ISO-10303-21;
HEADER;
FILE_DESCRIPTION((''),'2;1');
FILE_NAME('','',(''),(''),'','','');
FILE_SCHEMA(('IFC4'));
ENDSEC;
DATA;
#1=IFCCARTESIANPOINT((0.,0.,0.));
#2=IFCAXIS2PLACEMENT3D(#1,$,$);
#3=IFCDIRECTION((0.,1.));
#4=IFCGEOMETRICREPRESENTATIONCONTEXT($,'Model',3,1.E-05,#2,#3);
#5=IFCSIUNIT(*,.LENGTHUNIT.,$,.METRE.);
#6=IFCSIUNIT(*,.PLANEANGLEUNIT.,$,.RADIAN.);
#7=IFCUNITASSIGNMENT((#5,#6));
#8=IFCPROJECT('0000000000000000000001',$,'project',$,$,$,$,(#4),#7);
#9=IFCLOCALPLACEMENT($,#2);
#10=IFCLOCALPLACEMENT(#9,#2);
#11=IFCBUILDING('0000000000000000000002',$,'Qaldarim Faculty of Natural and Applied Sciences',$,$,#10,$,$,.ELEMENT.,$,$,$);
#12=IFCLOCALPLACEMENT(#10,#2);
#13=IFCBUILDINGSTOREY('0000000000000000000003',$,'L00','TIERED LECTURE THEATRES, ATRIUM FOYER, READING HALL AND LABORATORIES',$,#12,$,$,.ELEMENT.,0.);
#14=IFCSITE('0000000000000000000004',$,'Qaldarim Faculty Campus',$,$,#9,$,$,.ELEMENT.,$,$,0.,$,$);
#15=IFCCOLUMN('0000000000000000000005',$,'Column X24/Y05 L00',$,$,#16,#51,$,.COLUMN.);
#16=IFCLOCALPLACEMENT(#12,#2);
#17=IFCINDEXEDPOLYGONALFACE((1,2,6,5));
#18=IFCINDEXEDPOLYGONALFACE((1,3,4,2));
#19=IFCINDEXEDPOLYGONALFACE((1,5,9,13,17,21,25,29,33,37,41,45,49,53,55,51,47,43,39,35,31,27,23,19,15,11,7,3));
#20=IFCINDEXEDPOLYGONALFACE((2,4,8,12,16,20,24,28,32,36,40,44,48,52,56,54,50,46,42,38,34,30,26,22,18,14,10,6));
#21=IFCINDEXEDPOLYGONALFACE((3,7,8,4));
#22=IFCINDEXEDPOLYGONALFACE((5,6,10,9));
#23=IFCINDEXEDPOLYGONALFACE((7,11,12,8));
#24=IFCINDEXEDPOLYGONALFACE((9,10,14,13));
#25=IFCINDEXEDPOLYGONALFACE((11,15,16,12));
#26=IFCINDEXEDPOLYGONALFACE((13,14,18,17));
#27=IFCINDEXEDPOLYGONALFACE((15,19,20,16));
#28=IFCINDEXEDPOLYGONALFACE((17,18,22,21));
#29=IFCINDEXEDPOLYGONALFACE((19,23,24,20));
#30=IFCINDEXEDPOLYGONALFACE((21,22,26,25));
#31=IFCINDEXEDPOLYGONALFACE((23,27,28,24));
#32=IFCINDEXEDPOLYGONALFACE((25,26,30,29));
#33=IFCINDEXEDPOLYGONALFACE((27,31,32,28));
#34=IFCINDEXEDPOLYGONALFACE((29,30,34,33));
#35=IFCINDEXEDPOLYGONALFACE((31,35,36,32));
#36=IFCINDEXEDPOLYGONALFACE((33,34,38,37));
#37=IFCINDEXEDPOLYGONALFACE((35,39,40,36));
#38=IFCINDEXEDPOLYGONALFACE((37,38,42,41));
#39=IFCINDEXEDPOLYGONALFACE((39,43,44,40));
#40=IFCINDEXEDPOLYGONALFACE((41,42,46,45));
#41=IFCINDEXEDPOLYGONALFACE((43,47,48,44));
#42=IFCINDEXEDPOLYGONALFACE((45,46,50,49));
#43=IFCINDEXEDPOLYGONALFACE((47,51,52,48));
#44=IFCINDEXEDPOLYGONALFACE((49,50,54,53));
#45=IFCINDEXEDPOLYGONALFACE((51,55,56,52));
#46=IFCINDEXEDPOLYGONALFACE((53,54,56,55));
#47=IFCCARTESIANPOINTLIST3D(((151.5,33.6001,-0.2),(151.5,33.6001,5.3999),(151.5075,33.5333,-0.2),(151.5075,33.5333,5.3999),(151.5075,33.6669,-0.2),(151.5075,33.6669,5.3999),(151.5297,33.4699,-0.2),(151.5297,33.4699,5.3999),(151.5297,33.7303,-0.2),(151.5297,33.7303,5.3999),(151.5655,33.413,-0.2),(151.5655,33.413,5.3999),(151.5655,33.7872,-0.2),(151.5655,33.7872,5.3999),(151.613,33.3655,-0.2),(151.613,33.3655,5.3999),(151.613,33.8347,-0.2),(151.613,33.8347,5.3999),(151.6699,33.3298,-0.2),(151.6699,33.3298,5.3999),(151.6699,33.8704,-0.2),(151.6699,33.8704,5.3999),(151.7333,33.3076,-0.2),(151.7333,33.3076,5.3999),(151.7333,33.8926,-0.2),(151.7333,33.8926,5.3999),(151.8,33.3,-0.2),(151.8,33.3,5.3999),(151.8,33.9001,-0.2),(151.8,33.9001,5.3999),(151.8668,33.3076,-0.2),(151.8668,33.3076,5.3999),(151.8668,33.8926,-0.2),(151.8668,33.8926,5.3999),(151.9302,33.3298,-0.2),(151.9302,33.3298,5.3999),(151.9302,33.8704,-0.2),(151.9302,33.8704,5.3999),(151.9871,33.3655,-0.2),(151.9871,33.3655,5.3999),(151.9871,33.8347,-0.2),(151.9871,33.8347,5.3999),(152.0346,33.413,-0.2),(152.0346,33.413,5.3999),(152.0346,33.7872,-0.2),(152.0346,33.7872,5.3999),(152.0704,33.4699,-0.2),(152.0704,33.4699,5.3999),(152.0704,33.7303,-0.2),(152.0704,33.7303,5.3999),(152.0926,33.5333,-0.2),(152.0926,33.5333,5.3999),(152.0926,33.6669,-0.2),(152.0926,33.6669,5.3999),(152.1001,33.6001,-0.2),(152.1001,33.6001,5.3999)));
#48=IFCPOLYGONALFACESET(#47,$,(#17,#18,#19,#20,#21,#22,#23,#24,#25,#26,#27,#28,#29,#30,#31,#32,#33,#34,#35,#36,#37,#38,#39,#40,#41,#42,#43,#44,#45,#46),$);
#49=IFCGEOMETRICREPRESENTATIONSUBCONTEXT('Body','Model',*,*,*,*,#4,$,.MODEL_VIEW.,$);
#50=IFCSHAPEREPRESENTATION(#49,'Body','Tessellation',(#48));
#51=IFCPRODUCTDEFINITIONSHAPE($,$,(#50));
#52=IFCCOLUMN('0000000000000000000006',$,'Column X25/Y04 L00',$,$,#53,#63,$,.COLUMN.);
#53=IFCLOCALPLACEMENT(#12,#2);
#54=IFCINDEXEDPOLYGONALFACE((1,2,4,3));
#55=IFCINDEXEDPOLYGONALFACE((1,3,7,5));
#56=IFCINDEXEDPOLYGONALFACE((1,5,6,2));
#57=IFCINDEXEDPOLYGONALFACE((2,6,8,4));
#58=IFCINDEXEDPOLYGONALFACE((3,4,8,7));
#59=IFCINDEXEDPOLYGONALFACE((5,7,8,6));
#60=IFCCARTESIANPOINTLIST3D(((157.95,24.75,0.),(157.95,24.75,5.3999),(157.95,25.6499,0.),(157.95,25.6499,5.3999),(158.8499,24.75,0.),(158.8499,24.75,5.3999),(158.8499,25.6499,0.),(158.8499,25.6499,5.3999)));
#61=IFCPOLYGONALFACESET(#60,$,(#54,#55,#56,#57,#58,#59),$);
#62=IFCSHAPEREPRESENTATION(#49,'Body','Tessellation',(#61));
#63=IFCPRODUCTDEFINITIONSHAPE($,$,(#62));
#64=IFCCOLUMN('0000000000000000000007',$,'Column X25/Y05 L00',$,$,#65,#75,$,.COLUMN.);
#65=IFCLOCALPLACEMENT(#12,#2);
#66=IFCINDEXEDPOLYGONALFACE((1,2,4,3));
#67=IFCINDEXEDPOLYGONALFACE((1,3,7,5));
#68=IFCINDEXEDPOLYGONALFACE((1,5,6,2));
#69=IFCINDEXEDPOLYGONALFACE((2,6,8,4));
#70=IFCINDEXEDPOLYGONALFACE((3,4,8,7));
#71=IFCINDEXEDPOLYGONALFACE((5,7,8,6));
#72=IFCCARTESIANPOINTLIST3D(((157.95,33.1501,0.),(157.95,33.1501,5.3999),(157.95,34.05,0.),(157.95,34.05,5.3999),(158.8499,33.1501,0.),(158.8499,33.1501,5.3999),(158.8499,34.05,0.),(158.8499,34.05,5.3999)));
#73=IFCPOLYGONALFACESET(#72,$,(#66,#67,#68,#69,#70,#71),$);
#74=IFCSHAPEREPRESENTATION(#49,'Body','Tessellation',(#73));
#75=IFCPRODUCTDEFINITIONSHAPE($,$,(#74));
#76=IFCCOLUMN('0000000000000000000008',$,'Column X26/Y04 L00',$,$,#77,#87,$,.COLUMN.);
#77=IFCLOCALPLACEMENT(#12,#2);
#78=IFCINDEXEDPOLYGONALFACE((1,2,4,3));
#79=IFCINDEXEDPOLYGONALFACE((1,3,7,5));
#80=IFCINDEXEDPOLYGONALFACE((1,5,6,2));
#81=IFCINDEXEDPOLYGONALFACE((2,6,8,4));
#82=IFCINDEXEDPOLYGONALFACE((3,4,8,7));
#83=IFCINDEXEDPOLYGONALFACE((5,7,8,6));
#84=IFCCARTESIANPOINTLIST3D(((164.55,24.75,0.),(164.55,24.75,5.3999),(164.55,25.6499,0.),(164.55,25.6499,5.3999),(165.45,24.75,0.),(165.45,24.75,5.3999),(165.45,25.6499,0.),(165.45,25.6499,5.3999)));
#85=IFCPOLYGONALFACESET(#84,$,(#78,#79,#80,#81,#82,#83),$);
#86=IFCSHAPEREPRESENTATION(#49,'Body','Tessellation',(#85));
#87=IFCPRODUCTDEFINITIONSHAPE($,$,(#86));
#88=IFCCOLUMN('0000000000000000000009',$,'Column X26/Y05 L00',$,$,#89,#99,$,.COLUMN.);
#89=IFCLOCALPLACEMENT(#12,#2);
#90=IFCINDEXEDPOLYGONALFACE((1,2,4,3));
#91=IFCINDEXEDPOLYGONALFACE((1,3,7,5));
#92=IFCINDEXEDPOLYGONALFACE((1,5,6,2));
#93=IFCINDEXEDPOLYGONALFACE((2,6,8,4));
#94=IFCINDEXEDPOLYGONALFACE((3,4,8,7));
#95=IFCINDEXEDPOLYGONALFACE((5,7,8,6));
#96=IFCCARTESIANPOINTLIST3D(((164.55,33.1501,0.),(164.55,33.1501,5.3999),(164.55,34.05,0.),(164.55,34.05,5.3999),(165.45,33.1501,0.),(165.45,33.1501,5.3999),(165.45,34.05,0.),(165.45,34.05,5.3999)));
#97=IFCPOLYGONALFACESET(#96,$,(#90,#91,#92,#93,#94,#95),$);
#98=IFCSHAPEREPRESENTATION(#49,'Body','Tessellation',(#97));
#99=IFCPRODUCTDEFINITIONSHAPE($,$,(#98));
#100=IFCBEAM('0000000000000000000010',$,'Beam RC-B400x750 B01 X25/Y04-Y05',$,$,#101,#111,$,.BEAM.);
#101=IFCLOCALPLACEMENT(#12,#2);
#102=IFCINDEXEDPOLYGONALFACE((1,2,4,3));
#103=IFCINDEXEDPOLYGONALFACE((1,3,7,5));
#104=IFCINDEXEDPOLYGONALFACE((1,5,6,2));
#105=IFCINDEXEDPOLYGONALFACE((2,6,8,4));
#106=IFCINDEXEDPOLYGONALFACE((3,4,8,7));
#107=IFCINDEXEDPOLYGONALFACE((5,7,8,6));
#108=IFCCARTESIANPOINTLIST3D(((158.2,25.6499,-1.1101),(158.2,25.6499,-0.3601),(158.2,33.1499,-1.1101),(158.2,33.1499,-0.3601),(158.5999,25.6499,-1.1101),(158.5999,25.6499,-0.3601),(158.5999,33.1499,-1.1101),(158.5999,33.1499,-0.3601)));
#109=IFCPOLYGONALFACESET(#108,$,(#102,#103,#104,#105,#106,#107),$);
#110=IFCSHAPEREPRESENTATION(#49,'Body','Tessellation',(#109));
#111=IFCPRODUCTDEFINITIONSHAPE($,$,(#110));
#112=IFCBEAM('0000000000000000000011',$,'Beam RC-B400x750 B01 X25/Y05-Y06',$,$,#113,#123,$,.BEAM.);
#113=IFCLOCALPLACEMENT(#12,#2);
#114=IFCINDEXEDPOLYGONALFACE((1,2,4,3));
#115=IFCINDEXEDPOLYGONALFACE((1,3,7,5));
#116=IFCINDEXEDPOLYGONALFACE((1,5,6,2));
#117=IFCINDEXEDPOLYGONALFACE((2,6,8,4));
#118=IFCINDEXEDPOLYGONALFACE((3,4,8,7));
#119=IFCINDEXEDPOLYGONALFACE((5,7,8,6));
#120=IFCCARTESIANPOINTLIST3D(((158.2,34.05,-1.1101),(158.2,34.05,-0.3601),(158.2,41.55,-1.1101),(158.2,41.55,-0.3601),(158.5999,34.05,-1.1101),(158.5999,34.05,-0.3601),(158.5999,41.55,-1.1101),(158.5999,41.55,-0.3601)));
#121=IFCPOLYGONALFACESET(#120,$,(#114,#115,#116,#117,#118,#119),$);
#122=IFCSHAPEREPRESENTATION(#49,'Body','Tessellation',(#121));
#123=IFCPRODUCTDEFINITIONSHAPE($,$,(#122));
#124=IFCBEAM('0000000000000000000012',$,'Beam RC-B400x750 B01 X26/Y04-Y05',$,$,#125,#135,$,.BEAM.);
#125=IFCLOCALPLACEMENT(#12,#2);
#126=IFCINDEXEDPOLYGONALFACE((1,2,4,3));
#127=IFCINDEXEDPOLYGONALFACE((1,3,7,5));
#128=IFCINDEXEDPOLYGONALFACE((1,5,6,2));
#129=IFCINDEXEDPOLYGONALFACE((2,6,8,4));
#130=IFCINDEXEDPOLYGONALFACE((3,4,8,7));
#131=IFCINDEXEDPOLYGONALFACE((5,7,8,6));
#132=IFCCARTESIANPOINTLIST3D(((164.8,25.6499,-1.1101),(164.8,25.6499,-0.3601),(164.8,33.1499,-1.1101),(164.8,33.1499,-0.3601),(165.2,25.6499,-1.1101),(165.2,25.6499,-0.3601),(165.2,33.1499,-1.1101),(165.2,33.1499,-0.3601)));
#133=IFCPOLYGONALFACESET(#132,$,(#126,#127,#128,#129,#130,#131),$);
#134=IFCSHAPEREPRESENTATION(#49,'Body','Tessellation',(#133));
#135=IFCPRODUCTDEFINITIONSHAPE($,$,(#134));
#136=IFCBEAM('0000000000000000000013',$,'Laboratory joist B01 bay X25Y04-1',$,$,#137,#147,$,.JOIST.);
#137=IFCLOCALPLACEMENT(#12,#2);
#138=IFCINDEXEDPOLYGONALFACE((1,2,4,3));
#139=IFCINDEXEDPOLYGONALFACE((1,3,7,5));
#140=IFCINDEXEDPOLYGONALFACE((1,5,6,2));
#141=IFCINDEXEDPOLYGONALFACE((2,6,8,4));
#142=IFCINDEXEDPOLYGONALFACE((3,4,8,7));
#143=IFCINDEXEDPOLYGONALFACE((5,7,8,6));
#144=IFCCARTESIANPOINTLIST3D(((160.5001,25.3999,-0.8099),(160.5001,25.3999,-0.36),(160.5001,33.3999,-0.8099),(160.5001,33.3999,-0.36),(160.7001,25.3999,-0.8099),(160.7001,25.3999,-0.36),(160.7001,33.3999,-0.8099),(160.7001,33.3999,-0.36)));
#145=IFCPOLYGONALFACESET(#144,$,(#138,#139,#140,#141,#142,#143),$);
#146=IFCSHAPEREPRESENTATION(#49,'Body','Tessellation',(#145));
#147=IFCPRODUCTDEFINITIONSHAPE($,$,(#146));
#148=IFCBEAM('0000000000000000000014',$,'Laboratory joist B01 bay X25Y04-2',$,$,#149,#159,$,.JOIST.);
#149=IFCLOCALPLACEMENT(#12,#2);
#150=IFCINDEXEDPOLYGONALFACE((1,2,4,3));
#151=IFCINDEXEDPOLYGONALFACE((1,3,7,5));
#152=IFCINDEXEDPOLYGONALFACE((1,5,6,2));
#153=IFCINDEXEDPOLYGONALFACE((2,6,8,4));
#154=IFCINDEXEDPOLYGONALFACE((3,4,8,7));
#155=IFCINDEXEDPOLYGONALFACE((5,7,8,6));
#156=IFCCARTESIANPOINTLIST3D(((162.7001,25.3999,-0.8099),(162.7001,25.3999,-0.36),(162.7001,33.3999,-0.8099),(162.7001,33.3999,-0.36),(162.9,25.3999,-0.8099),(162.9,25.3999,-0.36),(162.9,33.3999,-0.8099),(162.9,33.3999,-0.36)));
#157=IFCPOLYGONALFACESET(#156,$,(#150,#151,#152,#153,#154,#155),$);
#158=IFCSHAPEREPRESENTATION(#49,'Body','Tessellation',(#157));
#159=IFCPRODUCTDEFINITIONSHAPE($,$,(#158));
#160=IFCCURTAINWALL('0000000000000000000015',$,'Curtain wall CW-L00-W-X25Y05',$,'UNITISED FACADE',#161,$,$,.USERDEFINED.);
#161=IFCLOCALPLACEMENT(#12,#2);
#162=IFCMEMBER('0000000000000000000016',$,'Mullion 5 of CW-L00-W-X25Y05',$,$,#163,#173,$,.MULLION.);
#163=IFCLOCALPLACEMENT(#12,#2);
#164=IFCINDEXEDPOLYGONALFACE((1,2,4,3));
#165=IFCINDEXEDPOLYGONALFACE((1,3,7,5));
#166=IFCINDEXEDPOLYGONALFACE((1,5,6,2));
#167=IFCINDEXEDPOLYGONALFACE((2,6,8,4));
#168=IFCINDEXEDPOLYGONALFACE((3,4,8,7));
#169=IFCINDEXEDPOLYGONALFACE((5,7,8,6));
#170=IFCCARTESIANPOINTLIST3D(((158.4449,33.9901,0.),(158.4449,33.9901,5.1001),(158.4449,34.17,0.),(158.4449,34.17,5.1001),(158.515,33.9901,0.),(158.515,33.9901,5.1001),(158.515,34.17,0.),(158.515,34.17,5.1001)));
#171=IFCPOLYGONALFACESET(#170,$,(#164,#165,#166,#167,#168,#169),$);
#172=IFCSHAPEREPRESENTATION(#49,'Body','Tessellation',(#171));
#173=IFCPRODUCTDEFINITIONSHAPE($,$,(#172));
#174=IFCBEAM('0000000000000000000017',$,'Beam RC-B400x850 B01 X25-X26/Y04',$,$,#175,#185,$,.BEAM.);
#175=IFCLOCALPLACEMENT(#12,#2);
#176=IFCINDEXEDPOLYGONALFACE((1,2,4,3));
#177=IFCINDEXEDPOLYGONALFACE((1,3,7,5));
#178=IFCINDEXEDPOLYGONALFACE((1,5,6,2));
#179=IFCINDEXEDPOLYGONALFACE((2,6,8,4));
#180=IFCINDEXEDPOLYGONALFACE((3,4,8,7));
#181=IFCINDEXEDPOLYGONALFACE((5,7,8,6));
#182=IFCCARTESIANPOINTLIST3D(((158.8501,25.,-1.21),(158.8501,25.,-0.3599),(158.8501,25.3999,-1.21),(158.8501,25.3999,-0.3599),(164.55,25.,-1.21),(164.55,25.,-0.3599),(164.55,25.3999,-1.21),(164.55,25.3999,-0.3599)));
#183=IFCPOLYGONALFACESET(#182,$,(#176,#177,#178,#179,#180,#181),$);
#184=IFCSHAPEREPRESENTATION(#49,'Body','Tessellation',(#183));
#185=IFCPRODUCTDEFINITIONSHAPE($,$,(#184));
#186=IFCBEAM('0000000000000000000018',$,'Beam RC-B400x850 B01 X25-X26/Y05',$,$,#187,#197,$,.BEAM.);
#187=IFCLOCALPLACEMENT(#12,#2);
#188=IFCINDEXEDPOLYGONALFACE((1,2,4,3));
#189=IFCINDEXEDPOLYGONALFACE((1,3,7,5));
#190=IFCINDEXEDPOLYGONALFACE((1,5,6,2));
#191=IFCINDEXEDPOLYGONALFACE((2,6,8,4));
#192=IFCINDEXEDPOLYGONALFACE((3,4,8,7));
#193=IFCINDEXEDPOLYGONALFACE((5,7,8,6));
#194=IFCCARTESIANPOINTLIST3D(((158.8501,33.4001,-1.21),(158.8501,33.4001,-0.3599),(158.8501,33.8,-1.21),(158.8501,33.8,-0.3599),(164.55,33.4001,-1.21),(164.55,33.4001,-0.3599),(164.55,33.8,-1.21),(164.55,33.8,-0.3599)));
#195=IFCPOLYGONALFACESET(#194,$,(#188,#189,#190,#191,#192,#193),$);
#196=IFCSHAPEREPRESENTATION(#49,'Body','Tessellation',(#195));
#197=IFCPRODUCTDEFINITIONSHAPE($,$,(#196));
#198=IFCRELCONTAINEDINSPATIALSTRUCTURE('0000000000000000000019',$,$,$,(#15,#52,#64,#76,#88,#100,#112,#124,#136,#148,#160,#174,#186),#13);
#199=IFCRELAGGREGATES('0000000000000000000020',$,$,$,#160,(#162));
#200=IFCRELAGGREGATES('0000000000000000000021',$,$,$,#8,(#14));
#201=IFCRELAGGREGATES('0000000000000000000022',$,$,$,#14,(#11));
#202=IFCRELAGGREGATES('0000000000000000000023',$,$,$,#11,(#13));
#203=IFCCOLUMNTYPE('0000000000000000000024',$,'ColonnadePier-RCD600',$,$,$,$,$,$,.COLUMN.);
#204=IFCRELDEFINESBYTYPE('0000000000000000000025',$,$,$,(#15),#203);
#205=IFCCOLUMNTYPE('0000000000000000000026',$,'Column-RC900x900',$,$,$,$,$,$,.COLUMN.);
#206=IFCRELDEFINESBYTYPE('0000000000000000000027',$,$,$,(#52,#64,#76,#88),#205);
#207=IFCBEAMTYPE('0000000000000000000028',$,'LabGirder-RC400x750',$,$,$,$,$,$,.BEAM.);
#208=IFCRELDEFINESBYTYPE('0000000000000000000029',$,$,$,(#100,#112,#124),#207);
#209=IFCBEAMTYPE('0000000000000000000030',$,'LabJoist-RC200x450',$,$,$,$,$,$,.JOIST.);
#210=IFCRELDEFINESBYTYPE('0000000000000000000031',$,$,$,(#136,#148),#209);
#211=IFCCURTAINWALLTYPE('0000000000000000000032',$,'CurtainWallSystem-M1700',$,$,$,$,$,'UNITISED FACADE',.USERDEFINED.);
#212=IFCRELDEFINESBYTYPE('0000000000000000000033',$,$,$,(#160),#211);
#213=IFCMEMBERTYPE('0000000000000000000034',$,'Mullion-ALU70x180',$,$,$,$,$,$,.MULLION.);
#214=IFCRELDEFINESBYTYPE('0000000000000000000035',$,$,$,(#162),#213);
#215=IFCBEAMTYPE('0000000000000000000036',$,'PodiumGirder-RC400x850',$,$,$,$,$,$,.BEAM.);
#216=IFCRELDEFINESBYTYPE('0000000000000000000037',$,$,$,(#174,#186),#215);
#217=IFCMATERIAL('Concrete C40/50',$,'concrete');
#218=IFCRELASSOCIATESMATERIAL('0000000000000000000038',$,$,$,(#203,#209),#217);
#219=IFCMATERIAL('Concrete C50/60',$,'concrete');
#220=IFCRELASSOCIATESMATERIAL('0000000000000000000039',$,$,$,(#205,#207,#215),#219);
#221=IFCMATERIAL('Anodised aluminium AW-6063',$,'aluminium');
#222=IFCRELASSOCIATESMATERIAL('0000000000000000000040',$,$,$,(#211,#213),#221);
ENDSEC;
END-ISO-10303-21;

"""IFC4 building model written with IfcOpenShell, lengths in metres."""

from ifc_helpers import new_model, si_unit, direction, frame, origin, origin_2d, place, context, subcontext, project, spatial, rectangle, circle, extrude, material, material_profile, profile_set, type_object, element, aggregate, save


model = new_model("IFC4")

# Units and contexts
model_context = context("Model", 3, precision=1e-05, world=origin(), true_north=direction((0.0, 1.0)))
body_context = subcontext(model_context, "Body", "Model", "MODEL_VIEW")
ifc_project = project(units=[si_unit("LENGTHUNIT", "METRE"), si_unit("PLANEANGLEUNIT", "RADIAN")], contexts=[model_context])

# Site, building, storey
site_placement = place(None, origin())
site = spatial("IfcSite", under=ifc_project, at=site_placement, Name="Qaldarim Faculty Campus", CompositionType="ELEMENT", RefElevation=0.0)
building_placement = place(site_placement, origin())
building = spatial("IfcBuilding", under=site, at=building_placement, Name="Qaldarim Faculty of Natural and Applied Sciences", CompositionType="ELEMENT")
storey_placement = place(building_placement, origin())
storey = spatial("IfcBuildingStorey", under=building, at=storey_placement, Name="L00", Description="TIERED LECTURE THEATRES, ATRIUM FOYER, READING HALL AND LABORATORIES", CompositionType="ELEMENT", Elevation=0.0)

# Shared definitions
ifc_material_1 = material(Name="Concrete C40/50", Category="concrete")

# Columns
ifc_material_profile_1 = material_profile(ifc_material_1, circle(Radius=0.3, at=origin_2d()), Name="RC-D600")
ifc_profile_set_1 = profile_set([ifc_material_profile_1], Name="Concrete C40/50")
column_type_1 = type_object("IfcColumnType", Name="ColonnadePier-RCD600", PredefinedType="COLUMN", material=ifc_profile_set_1)
for number, where, z_axis, x_axis, name in (
    (1, (151.8, 33.6001, -0.2), (0.0, 0.0, 1.0), (1.0, 0.0, 0.0), "Column X24/Y05 L00"),
):
    element("IfcColumn", number, at=place(storey_placement, frame(where, z_axis=z_axis, x_axis=x_axis)), inside=storey, type_object=column_type_1, Name=name, PredefinedType="COLUMN", context=body_context, shape_type="SweptSolid", body=[
        extrude(circle(Radius=0.3, at=origin_2d()), origin(), (0.0, 0.0, 1.0), 5.5999),
    ])
ifc_material_2 = material(Name="Concrete C50/60", Category="concrete")
ifc_material_profile_2 = material_profile(ifc_material_2, rectangle(XDim=0.8999, YDim=0.8999, at=origin_2d()), Name="RC-C900x900")
ifc_profile_set_2 = profile_set([ifc_material_profile_2], Name="Concrete C50/60")
column_type_2 = type_object("IfcColumnType", Name="Column-RC900x900", PredefinedType="COLUMN", material=ifc_profile_set_2)
for number, where, z_axis, x_axis, name in (
    (2, (158.3999, 25.2, 0.0), (0.0, 0.0, 1.0), (1.0, 0.0, 0.0), "Column X25/Y04 L00"),
    (3, (158.3999, 33.6001, 0.0), (0.0, 0.0, 1.0), (1.0, 0.0, 0.0), "Column X25/Y05 L00"),
    (4, (165.0, 25.2, 0.0), (0.0, 0.0, 1.0), (1.0, 0.0, 0.0), "Column X26/Y04 L00"),
    (5, (165.0, 33.6001, 0.0), (0.0, 0.0, 1.0), (1.0, 0.0, 0.0), "Column X26/Y05 L00"),
):
    element("IfcColumn", number, at=place(storey_placement, frame(where, z_axis=z_axis, x_axis=x_axis)), inside=storey, type_object=column_type_2, Name=name, PredefinedType="COLUMN", context=body_context, shape_type="SweptSolid", body=[
        extrude(rectangle(XDim=0.8999, YDim=0.8999, at=origin_2d()), origin(), (0.0, 0.0, 1.0), 5.3999),
    ])

# Beams
ifc_material_profile_3 = material_profile(ifc_material_2, rectangle(XDim=0.3999, YDim=0.75, at=origin_2d()), Name="RC-B400x750")
ifc_profile_set_3 = profile_set([ifc_material_profile_3], Name="Concrete C50/60")
beam_type_1 = type_object("IfcBeamType", Name="LabGirder-RC400x750", PredefinedType="BEAM", material=ifc_profile_set_3)
for number, where, z_axis, x_axis, name in (
    (6, (158.3999, 25.6499, -0.7351), (0.0, 1.0, 0.0), (-1.0, 0.0, 0.0), "Beam RC-B400x750 B01 X25/Y04-Y05"),
    (7, (158.3999, 34.05, -0.7351), (0.0, 1.0, 0.0), (-1.0, 0.0, 0.0), "Beam RC-B400x750 B01 X25/Y05-Y06"),
    (8, (165.0, 25.6499, -0.7351), (0.0, 1.0, 0.0), (-1.0, 0.0, 0.0), "Beam RC-B400x750 B01 X26/Y04-Y05"),
):
    element("IfcBeam", number, at=place(storey_placement, frame(where, z_axis=z_axis, x_axis=x_axis)), inside=storey, type_object=beam_type_1, Name=name, PredefinedType="BEAM", context=body_context, shape_type="SweptSolid", body=[
        extrude(rectangle(XDim=0.3999, YDim=0.75, at=origin_2d()), origin(), (0.0, 0.0, 1.0), 7.5),
    ])
ifc_material_profile_4 = material_profile(ifc_material_1, rectangle(XDim=0.2, YDim=0.45, at=origin_2d()), Name="RC-J200x450")
ifc_profile_set_4 = profile_set([ifc_material_profile_4], Name="Concrete C40/50")
beam_type_2 = type_object("IfcBeamType", Name="LabJoist-RC200x450", PredefinedType="JOIST", material=ifc_profile_set_4)
for number, where, z_axis, x_axis, name in (
    (9, (160.6001, 25.3999, -0.585), (0.0, 1.0, 0.0), (-1.0, 0.0, 0.0), "Laboratory joist B01 bay X25Y04-1"),
    (10, (162.8, 25.3999, -0.585), (0.0, 1.0, 0.0), (-1.0, 0.0, 0.0), "Laboratory joist B01 bay X25Y04-2"),
):
    element("IfcBeam", number, at=place(storey_placement, frame(where, z_axis=z_axis, x_axis=x_axis)), inside=storey, type_object=beam_type_2, Name=name, PredefinedType="JOIST", context=body_context, shape_type="SweptSolid", body=[
        extrude(rectangle(XDim=0.2, YDim=0.45, at=origin_2d()), origin(), (0.0, 0.0, 1.0), 8.0),
    ])

# Curtain wall, member
ifc_material_3 = material(Name="Anodised aluminium AW-6063", Category="aluminium")
curtain_wall_type = type_object("IfcCurtainWallType", Name="CurtainWallSystem-M1700", ElementType="UNITISED FACADE", PredefinedType="USERDEFINED", material=ifc_material_3)
curtain_wall_placement = place(storey_placement, origin())
curtain_wall = element("IfcCurtainWall", 11, at=curtain_wall_placement, inside=storey, type_object=curtain_wall_type, Name="Curtain wall CW-L00-W-X25Y05", ObjectType="UNITISED FACADE", PredefinedType="USERDEFINED")
ifc_material_profile_5 = material_profile(ifc_material_3, rectangle(XDim=0.0701, YDim=0.1799, at=origin_2d()), Name="ALU-M70x180")
ifc_profile_set_5 = profile_set([ifc_material_profile_5], Name="Anodised aluminium AW-6063")
member_type_1 = type_object("IfcMemberType", Name="Mullion-ALU70x180", PredefinedType="MULLION", material=ifc_profile_set_5)
member_1_placement = place(storey_placement, frame((158.48, 34.0801, 0.0), z_axis=(0.0, 0.0, 1.0), x_axis=(1.0, 0.0, 0.0)))
member_1 = element("IfcMember", 12, at=member_1_placement, type_object=member_type_1, Name="Mullion 5 of CW-L00-W-X25Y05", PredefinedType="MULLION", context=body_context, shape_type="SweptSolid", body=[
    extrude(rectangle(XDim=0.0701, YDim=0.1799, at=origin_2d()), origin(), (0.0, 0.0, 1.0), 5.1001),
])

# Beams
ifc_material_profile_6 = material_profile(ifc_material_2, rectangle(XDim=0.3999, YDim=0.8501, at=origin_2d()), Name="RC-B400x850")
ifc_profile_set_6 = profile_set([ifc_material_profile_6], Name="Concrete C50/60")
beam_type_3 = type_object("IfcBeamType", Name="PodiumGirder-RC400x850", PredefinedType="BEAM", material=ifc_profile_set_6)
for number, where, z_axis, x_axis, name in (
    (13, (158.8501, 25.2, -0.7849), (1.0, 0.0, 0.0), (0.0, 1.0, 0.0), "Beam RC-B400x850 B01 X25-X26/Y04"),
    (14, (158.8501, 33.6001, -0.7849), (1.0, 0.0, 0.0), (0.0, 1.0, 0.0), "Beam RC-B400x850 B01 X25-X26/Y05"),
):
    element("IfcBeam", number, at=place(storey_placement, frame(where, z_axis=z_axis, x_axis=x_axis)), inside=storey, type_object=beam_type_3, Name=name, PredefinedType="BEAM", context=body_context, shape_type="SweptSolid", body=[
        extrude(rectangle(XDim=0.3999, YDim=0.8501, at=origin_2d()), origin(), (0.0, 0.0, 1.0), 5.7),
    ])

aggregate(curtain_wall, [member_1])

save(model, "model.ifc")
